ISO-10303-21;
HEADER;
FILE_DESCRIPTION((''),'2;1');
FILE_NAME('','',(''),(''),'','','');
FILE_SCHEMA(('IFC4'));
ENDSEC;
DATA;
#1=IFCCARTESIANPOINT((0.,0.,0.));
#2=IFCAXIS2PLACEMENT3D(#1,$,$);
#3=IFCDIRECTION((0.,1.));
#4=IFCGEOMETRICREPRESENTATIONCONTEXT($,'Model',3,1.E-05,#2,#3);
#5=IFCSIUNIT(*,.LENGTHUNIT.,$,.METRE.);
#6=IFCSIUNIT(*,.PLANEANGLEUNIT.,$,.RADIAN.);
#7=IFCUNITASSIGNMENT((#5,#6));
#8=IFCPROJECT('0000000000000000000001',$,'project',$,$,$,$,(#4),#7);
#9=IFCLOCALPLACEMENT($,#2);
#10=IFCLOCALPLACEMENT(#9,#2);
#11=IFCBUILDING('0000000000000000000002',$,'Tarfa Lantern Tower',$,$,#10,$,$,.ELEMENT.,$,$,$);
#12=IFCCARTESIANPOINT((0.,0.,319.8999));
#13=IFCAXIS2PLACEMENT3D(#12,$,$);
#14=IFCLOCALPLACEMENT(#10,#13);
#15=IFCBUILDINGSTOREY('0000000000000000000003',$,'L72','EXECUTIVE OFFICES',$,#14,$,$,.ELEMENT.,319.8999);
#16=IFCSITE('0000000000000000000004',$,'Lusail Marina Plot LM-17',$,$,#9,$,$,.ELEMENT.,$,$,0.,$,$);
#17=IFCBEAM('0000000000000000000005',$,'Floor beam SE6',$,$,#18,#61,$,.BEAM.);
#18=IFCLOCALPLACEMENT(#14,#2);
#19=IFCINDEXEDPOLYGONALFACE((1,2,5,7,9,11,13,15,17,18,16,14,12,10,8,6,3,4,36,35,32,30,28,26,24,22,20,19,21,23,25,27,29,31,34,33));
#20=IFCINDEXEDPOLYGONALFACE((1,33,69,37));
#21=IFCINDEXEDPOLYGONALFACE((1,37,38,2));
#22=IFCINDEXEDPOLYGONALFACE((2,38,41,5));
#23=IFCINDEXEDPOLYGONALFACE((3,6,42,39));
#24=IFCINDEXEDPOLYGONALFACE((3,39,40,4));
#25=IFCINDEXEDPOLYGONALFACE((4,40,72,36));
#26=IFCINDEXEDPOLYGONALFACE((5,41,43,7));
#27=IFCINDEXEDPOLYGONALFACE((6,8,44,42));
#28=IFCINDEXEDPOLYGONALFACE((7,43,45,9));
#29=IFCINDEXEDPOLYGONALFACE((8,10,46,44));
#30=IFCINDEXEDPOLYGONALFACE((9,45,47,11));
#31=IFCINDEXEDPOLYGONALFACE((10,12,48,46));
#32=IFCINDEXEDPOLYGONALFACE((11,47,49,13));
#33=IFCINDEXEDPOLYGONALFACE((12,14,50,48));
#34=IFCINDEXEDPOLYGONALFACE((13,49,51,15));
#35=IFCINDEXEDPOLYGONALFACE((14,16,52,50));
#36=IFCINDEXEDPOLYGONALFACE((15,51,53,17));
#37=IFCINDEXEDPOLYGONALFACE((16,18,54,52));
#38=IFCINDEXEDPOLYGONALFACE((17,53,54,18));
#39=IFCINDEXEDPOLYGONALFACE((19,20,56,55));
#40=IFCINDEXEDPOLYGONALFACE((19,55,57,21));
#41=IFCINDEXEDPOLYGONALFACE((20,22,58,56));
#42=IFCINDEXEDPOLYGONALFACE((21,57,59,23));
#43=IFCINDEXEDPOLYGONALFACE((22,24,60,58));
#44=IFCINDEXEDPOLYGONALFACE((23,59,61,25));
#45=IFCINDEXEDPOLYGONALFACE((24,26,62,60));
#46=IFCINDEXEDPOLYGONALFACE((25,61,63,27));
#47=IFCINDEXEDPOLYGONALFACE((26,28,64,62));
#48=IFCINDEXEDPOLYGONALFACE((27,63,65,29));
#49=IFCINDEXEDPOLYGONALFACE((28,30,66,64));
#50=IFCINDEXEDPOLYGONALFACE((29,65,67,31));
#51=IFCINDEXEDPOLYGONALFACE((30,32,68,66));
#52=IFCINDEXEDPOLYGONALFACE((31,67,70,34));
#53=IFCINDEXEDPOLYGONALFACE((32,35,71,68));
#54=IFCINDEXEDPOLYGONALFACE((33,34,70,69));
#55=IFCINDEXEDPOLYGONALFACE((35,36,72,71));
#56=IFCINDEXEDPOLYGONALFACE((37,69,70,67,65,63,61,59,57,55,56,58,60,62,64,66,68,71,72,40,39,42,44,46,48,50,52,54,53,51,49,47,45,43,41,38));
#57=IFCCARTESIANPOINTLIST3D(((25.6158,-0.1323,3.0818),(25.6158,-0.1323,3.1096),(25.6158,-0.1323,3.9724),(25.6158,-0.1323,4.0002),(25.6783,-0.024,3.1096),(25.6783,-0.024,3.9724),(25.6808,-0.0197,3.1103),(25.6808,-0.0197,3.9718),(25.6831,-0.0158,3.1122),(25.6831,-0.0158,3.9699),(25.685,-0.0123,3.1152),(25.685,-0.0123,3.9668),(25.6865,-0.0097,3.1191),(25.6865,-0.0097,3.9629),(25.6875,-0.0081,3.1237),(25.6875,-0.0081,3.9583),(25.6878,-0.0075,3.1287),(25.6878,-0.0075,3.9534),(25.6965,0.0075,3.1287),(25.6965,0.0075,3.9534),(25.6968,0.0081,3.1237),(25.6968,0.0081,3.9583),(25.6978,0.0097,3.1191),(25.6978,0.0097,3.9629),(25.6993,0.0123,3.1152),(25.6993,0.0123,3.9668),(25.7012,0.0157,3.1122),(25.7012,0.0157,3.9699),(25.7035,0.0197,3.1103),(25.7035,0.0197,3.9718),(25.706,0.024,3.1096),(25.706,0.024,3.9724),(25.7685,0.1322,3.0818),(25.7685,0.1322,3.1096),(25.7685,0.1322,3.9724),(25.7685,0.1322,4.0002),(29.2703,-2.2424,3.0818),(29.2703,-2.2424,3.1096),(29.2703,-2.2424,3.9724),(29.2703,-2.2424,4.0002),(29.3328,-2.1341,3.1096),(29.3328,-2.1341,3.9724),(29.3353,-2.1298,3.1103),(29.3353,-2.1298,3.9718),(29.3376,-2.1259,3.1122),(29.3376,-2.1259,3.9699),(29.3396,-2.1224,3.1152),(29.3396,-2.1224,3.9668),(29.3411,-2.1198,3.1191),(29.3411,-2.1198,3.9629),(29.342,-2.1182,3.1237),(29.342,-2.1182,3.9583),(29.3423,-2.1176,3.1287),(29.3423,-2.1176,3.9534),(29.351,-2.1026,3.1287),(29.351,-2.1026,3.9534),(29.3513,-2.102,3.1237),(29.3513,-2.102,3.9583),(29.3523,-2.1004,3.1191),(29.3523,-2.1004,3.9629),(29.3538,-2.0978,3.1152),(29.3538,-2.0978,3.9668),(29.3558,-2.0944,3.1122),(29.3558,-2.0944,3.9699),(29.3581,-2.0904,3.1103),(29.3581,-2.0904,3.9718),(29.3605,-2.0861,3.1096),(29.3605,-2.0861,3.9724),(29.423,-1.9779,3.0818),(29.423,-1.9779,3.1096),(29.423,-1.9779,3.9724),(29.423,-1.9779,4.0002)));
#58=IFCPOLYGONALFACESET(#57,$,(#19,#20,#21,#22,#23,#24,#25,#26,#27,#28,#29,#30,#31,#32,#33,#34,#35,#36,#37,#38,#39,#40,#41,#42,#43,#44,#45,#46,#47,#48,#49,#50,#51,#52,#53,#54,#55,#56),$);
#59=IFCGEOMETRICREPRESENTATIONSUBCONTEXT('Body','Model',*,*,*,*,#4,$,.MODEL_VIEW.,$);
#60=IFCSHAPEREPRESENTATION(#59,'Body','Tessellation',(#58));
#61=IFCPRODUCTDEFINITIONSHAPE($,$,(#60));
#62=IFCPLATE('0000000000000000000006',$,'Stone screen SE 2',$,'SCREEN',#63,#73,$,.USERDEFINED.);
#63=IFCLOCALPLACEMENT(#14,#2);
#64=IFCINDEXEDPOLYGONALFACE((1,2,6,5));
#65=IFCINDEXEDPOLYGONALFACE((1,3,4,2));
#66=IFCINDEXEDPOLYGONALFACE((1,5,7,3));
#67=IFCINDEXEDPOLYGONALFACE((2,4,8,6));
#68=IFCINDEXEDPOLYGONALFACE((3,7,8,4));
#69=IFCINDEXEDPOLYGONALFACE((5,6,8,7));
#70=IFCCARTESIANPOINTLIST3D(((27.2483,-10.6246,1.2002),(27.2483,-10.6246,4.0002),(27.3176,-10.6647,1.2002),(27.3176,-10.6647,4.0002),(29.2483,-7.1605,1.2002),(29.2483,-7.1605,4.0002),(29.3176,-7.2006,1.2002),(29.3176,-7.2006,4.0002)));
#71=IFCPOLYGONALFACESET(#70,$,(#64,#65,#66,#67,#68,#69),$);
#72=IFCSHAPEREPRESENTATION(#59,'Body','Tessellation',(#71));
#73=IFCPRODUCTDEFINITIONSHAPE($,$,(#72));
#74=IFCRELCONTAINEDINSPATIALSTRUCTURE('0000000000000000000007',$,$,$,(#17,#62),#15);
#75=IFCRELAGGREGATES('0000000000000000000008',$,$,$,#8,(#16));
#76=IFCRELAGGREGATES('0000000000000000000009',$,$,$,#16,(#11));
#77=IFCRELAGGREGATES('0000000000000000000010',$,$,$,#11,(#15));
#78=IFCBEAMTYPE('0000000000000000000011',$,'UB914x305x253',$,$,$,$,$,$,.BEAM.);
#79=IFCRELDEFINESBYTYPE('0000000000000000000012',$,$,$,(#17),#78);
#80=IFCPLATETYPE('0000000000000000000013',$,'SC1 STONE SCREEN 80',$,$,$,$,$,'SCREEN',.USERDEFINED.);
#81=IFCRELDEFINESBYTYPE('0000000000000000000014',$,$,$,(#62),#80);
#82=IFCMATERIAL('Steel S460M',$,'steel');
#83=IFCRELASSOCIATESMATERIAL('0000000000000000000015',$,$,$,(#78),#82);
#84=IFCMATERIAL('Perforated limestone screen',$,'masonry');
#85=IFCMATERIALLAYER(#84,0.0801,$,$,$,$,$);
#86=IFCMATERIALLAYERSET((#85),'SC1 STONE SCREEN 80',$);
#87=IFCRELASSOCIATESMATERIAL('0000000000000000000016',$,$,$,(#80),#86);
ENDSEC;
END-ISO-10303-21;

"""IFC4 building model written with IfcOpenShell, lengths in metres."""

from ifc_helpers import new_model, si_unit, direction, frame, origin, origin_2d, place, context, subcontext, project, spatial, rectangle, i_section, extrude, material, layer, layer_set, material_profile, profile_set, type_object, element, save


model = new_model("IFC4")

# Units and contexts
model_context = context("Model", 3, precision=1e-05, world=origin(), true_north=direction((0.0, 1.0)))
body_context = subcontext(model_context, "Body", "Model", "MODEL_VIEW")
ifc_project = project(units=[si_unit("LENGTHUNIT", "METRE"), si_unit("PLANEANGLEUNIT", "RADIAN")], contexts=[model_context])

# Site, building, storey
site_placement = place(None, origin())
site = spatial("IfcSite", under=ifc_project, at=site_placement, Name="Lusail Marina Plot LM-17", CompositionType="ELEMENT", RefElevation=0.0)
building_placement = place(site_placement, origin())
building = spatial("IfcBuilding", under=site, at=building_placement, Name="Tarfa Lantern Tower", CompositionType="ELEMENT")
storey_placement = place(building_placement, frame((0.0, 0.0, 319.8999)))
storey = spatial("IfcBuildingStorey", under=building, at=storey_placement, Name="L72", Description="EXECUTIVE OFFICES", CompositionType="ELEMENT", Elevation=319.8999)

# Beam
ifc_material_1 = material(Name="Steel S460M", Category="steel")
ifc_material_profile_1 = material_profile(ifc_material_1, i_section(OverallWidth=0.3054, OverallDepth=0.9185, WebThickness=0.0173, FlangeThickness=0.0278, FilletRadius=0.019, at=origin_2d()), Name="UB914x305x253")
ifc_profile_set_1 = profile_set([ifc_material_profile_1], Name="Steel S460M")
beam_type_1 = type_object("IfcBeamType", Name="UB914x305x253", PredefinedType="BEAM", material=ifc_profile_set_1)
beam_1_placement = place(storey_placement, frame((29.3467, -2.1101, 3.541), z_axis=(-0.866009, 0.500028, 0.0), x_axis=(-0.500028, -0.866009, 0.0)))
element("IfcBeam", 1, at=beam_1_placement, inside=storey, type_object=beam_type_1, Name="Floor beam SE6", PredefinedType="BEAM", context=body_context, shape_type="SweptSolid", body=[
    extrude(i_section(OverallWidth=0.3054, OverallDepth=0.9185, WebThickness=0.0173, FlangeThickness=0.0278, FilletRadius=0.019, at=origin_2d()), origin(), (0.0, 0.0, 1.0), 4.22),
])

# Plate
ifc_material_2 = material(Name="Perforated limestone screen", Category="masonry")
ifc_layer = layer(ifc_material_2, 0.0801)
ifc_layer_set = layer_set([ifc_layer], Name="SC1 STONE SCREEN 80")
plate_type = type_object("IfcPlateType", Name="SC1 STONE SCREEN 80", ElementType="SCREEN", PredefinedType="USERDEFINED", material=ifc_layer_set)
plate_placement = place(storey_placement, frame((28.283, -8.9126, 1.2002), z_axis=(0.0, 0.0, 1.0), x_axis=(0.5, 0.866025, 0.0)))
element("IfcPlate", 2, at=plate_placement, inside=storey, type_object=plate_type, Name="Stone screen SE 2", ObjectType="SCREEN", PredefinedType="USERDEFINED", context=body_context, shape_type="SweptSolid", body=[
    extrude(rectangle(XDim=4.0, YDim=0.0801, at=origin_2d()), origin(), (0.0, 0.0, 1.0), 2.8),
])

save(model, "model.ifc")
